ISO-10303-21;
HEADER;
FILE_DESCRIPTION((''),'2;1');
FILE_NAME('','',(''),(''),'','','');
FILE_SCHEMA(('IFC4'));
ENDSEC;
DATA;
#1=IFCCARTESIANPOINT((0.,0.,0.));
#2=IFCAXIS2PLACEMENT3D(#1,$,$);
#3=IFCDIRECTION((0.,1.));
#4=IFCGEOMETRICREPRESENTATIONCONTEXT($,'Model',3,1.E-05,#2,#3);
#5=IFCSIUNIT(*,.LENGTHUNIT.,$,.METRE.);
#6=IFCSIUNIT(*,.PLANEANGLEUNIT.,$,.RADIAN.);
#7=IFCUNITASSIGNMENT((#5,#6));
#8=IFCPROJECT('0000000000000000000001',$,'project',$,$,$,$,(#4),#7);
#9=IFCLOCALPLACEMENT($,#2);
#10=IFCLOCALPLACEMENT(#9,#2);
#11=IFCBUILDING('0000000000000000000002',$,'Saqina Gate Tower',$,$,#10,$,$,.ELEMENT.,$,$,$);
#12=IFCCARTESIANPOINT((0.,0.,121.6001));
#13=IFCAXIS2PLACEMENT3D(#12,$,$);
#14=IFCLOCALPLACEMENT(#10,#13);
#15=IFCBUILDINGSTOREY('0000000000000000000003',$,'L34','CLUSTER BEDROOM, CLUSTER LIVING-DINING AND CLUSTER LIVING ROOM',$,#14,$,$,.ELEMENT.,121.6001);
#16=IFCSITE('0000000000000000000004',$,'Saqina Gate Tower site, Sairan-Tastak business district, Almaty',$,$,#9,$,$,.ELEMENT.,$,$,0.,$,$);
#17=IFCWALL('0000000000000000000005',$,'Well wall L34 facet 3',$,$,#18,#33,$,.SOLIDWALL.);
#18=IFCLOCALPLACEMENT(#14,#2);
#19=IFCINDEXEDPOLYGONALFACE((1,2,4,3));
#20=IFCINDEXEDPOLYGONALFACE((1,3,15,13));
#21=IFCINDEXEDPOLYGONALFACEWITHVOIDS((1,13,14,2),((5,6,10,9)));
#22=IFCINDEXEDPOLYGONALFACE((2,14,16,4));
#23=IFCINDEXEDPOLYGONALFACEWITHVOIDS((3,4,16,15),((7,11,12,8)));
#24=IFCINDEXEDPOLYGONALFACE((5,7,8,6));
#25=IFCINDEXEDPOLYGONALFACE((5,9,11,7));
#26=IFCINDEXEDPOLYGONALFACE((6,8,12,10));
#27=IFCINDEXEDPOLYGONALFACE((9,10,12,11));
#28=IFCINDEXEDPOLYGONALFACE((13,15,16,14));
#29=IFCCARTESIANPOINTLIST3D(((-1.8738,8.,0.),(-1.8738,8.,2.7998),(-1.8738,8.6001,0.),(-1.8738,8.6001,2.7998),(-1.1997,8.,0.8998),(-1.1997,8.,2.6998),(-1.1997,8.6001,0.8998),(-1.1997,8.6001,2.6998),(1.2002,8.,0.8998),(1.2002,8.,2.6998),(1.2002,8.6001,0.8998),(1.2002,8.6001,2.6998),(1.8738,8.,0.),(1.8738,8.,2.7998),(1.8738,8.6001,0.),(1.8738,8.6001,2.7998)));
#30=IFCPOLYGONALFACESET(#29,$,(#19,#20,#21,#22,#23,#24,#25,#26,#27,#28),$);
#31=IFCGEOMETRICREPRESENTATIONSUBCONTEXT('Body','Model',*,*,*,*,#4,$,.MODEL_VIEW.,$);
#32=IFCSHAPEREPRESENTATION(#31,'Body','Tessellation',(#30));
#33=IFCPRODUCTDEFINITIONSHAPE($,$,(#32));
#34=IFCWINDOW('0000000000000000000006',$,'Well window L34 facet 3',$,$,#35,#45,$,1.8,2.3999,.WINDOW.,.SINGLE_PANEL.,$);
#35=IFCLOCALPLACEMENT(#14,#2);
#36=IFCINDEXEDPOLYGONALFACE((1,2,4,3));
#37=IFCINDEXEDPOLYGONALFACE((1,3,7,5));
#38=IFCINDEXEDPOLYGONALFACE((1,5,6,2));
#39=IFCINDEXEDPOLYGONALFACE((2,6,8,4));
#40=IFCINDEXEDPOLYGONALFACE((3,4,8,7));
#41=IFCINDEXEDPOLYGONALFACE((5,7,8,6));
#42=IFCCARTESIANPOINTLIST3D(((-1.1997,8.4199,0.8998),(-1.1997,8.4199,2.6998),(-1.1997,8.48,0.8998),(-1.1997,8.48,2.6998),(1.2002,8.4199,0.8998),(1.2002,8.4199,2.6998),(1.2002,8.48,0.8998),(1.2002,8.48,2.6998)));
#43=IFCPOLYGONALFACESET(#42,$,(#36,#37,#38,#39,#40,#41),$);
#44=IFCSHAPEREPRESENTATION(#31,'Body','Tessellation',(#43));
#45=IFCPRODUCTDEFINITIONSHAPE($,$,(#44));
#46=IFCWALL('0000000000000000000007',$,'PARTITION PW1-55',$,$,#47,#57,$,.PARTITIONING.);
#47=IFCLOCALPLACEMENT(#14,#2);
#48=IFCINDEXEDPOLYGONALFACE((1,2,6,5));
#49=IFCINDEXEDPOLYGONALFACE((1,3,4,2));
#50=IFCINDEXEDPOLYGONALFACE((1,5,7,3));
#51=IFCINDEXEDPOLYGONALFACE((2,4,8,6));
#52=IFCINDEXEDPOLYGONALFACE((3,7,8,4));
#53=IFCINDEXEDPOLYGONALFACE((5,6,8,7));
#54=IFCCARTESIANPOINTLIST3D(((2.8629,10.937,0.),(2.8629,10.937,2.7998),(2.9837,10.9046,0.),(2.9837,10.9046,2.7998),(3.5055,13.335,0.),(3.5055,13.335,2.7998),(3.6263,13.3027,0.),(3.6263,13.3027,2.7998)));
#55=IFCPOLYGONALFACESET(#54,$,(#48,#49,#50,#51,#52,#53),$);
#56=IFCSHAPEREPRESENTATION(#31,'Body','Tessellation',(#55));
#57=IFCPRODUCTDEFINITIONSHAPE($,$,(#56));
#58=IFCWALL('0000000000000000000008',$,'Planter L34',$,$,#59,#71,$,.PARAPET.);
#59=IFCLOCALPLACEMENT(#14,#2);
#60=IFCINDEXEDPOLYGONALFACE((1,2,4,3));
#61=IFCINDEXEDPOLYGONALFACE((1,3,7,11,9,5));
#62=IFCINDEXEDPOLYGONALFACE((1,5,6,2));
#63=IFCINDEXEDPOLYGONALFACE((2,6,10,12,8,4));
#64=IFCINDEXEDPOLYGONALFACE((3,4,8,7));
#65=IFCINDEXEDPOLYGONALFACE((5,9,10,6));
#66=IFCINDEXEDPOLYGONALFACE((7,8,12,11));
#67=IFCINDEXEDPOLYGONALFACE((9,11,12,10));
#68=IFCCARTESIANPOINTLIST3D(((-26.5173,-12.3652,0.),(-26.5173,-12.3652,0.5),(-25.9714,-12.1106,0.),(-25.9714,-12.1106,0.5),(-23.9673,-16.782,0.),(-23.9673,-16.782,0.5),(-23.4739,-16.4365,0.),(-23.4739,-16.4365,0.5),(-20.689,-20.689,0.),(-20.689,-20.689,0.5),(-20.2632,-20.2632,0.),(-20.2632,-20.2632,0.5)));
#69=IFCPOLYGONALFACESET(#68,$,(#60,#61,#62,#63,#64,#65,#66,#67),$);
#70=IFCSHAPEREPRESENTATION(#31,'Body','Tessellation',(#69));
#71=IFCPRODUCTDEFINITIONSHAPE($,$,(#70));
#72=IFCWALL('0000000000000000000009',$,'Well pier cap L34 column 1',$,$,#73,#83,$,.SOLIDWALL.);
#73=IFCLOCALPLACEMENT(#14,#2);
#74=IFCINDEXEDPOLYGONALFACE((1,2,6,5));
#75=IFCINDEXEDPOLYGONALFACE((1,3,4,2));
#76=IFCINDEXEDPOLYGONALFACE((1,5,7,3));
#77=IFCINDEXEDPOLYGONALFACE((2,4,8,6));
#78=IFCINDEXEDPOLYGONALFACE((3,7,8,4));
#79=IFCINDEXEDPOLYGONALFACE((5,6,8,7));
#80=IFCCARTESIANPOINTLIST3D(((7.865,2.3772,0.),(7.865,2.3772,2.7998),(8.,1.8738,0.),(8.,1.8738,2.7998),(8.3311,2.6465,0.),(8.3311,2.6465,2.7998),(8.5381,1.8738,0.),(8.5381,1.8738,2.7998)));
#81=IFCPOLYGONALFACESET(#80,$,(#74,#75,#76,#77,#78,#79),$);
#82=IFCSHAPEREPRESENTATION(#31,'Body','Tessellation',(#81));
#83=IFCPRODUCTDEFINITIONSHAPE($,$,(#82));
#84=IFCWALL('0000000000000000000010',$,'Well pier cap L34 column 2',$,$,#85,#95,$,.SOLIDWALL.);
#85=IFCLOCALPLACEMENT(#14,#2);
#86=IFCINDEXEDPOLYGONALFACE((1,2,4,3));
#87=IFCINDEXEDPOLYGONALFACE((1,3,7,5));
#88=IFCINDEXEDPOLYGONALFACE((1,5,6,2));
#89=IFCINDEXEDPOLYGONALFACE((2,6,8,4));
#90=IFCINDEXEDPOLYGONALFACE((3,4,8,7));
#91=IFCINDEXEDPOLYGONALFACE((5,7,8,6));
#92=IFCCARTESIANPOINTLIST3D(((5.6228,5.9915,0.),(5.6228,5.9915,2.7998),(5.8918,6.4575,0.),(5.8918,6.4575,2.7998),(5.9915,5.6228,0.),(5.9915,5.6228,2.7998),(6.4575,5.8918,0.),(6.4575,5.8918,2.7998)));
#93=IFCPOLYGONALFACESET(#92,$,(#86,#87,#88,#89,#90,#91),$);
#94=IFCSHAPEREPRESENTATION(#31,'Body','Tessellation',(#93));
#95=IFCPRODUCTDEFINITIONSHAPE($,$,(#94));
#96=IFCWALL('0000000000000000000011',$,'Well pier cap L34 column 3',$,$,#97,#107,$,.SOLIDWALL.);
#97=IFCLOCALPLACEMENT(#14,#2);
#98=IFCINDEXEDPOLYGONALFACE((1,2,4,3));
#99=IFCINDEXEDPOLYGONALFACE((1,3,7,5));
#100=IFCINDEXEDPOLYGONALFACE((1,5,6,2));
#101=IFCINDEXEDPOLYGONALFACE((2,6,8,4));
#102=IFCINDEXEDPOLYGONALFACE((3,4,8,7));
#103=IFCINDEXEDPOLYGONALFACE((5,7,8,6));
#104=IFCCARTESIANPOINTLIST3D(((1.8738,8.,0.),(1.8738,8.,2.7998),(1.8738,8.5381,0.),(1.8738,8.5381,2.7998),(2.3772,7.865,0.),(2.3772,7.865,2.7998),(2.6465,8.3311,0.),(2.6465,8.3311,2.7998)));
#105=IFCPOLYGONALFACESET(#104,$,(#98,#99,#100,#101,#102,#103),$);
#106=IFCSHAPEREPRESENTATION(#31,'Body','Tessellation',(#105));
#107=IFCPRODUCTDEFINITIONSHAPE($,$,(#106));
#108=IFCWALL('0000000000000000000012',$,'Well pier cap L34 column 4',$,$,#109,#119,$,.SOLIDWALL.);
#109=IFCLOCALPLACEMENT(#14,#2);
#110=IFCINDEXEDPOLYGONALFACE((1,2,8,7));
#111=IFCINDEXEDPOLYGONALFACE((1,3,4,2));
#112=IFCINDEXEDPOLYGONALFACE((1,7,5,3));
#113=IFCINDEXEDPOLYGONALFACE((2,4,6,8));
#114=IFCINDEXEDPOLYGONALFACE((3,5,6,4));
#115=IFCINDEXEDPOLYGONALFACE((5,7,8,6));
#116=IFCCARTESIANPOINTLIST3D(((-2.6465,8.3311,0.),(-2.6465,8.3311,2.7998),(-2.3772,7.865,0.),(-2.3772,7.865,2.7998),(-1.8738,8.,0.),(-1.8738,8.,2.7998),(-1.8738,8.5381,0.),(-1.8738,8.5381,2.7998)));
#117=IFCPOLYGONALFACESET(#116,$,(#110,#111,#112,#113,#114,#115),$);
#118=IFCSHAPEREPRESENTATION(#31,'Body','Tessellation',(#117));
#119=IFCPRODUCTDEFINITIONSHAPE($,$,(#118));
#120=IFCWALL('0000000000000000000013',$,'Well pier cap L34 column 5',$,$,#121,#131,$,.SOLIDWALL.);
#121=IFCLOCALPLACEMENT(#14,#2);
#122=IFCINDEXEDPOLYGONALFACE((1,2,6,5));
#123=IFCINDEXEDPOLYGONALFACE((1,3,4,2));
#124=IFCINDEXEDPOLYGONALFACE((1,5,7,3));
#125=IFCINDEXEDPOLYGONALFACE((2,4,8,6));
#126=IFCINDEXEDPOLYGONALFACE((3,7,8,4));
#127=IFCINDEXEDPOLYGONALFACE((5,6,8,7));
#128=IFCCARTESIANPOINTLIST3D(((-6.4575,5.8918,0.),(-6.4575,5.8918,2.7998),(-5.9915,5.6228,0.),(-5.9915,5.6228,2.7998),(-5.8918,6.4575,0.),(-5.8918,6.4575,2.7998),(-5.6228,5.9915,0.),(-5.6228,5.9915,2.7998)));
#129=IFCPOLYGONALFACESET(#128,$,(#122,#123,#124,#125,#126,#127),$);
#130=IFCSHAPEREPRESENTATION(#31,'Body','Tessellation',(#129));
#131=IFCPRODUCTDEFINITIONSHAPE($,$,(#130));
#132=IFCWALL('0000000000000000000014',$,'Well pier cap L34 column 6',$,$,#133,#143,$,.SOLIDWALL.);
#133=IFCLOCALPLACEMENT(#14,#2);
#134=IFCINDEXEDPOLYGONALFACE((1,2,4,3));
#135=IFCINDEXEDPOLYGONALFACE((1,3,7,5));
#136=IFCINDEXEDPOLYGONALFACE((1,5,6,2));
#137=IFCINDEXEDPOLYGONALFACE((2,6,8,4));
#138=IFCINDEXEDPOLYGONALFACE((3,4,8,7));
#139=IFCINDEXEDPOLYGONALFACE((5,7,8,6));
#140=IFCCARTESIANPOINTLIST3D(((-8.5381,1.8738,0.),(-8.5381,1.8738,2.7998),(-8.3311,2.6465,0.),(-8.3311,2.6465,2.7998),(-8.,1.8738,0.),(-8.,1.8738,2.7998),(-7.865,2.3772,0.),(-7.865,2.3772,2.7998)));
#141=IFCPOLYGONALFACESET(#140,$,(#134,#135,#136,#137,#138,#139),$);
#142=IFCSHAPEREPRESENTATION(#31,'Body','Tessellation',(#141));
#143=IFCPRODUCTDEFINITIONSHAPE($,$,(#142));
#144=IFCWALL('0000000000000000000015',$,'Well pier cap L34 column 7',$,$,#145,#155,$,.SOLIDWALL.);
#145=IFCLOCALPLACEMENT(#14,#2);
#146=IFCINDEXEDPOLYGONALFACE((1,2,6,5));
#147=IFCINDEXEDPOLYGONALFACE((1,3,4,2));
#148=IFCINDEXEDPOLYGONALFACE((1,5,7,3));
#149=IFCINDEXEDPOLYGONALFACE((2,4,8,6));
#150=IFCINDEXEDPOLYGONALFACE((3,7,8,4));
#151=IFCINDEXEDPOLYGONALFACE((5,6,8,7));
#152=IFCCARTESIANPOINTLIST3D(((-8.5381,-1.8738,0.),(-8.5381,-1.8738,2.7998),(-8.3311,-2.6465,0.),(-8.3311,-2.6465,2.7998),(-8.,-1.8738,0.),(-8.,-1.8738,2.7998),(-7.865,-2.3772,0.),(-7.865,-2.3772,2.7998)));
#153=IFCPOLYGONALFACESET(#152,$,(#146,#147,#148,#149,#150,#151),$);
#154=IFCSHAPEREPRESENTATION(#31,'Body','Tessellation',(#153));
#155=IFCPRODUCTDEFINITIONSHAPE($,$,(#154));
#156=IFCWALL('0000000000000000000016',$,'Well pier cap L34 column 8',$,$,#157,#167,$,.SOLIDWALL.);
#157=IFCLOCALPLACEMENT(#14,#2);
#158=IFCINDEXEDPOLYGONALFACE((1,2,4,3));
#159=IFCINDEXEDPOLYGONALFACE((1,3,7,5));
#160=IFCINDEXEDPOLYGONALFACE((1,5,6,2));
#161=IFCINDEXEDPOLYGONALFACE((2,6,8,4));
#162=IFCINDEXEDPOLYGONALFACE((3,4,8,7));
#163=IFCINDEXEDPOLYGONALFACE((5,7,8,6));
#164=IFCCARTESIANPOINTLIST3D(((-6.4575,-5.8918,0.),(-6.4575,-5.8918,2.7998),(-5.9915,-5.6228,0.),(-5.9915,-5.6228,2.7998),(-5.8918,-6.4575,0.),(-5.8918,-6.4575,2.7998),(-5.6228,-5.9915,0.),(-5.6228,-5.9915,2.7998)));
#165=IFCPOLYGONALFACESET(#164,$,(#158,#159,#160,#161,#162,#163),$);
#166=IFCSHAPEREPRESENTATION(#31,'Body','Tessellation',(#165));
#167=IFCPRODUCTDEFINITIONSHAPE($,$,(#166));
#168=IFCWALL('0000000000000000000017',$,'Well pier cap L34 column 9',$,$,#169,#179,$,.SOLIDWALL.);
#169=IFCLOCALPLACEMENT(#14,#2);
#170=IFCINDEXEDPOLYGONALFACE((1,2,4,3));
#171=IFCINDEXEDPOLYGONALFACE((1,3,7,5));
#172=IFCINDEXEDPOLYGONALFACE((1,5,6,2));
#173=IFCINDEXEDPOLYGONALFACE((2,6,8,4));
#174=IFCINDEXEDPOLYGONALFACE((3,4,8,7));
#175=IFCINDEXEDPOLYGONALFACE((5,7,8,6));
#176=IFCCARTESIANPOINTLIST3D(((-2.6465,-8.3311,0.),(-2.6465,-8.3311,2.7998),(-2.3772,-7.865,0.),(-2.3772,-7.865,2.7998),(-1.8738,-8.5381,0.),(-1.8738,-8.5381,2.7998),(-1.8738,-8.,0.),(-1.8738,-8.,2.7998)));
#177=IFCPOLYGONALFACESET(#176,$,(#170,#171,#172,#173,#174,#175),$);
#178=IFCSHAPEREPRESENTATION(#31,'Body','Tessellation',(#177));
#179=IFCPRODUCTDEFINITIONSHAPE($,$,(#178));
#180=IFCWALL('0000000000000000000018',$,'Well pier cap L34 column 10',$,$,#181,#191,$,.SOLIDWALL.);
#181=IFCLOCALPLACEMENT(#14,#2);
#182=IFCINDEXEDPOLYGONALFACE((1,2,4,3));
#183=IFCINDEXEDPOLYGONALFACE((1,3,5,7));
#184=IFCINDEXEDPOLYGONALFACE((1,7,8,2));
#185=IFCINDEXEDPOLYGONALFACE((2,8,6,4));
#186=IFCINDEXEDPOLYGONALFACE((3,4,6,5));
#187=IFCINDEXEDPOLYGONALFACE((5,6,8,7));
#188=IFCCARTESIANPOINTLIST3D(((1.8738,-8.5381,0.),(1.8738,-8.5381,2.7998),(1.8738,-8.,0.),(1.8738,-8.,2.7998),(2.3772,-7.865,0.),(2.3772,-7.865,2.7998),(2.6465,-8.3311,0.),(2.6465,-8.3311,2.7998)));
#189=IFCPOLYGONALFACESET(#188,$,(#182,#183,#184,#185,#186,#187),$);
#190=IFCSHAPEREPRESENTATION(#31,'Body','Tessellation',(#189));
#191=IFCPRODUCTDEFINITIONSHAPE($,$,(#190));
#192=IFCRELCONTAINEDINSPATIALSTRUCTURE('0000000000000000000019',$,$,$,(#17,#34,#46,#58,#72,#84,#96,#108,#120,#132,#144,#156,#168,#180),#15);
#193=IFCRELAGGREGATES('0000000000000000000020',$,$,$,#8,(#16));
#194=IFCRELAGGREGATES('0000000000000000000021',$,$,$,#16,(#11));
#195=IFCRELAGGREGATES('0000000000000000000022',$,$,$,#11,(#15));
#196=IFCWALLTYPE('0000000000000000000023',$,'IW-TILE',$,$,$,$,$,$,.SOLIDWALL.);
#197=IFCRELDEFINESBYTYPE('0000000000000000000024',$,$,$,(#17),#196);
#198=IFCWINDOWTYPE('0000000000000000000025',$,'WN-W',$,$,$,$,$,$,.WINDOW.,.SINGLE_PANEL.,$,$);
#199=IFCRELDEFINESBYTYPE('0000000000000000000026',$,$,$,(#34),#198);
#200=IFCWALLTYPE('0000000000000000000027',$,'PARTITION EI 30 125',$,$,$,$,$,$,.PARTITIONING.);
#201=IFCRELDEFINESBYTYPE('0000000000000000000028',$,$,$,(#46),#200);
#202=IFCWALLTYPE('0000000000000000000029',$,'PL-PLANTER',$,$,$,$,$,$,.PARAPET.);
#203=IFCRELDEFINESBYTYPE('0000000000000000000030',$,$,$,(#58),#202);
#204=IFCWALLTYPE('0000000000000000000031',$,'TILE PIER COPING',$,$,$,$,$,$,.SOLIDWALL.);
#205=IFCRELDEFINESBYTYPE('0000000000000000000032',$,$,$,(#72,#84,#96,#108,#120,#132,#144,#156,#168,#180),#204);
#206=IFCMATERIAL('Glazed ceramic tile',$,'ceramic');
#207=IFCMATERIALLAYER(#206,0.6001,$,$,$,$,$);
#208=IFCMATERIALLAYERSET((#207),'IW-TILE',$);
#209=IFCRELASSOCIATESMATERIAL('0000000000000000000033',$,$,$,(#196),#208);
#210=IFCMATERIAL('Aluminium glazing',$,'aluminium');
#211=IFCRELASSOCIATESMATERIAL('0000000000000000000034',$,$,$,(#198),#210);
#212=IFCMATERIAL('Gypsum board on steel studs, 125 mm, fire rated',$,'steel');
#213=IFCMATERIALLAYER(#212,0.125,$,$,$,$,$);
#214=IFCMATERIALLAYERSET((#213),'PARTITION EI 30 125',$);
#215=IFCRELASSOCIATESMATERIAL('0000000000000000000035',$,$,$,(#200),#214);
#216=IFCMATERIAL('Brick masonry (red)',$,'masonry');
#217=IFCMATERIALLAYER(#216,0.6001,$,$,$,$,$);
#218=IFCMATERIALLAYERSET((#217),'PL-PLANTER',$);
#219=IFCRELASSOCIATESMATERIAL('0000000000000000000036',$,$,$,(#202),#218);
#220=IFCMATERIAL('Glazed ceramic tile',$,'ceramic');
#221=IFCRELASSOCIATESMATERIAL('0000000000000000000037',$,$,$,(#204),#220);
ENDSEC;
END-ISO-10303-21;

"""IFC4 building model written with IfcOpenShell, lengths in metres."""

from ifc_helpers import new_model, si_unit, direction, frame, frame_2d, origin, place, context, subcontext, project, spatial, polyline, rectangle, outline, extrude, material, layer, layer_set, type_object, element, fill, save


model = new_model("IFC4")

# Units and contexts
model_context = context("Model", 3, precision=1e-05, world=origin(), true_north=direction((0.0, 1.0)))
body_context = subcontext(model_context, "Body", "Model", "MODEL_VIEW")
ifc_project = project(units=[si_unit("LENGTHUNIT", "METRE"), si_unit("PLANEANGLEUNIT", "RADIAN")], contexts=[model_context])

# Site, building, storey
site_placement = place(None, origin())
site = spatial("IfcSite", under=ifc_project, at=site_placement, Name="Saqina Gate Tower site, Sairan-Tastak business district, Almaty", CompositionType="ELEMENT", RefElevation=0.0)
building_placement = place(site_placement, origin())
building = spatial("IfcBuilding", under=site, at=building_placement, Name="Saqina Gate Tower", CompositionType="ELEMENT")
storey_placement = place(building_placement, frame((0.0, 0.0, 121.6001)))
storey = spatial("IfcBuildingStorey", under=building, at=storey_placement, Name="L34", Description="CLUSTER BEDROOM, CLUSTER LIVING-DINING AND CLUSTER LIVING ROOM", CompositionType="ELEMENT", Elevation=121.6001)

# Wall, opening, window
ifc_material_1 = material(Name="Glazed ceramic tile", Category="ceramic")
ifc_layer_1 = layer(ifc_material_1, 0.6001)
ifc_layer_set_1 = layer_set([ifc_layer_1], Name="IW-TILE")
wall_type_1 = type_object("IfcWallType", Name="IW-TILE", PredefinedType="SOLIDWALL", material=ifc_layer_set_1)
ifc_material_2 = material(Name="Aluminium glazing", Category="aluminium")
window_type = type_object("IfcWindowType", Name="WN-W", PartitioningType="SINGLE_PANEL", PredefinedType="WINDOW", material=ifc_material_2)
wall_1_placement = place(storey_placement, frame((1.8738, 8.3, 0.0), z_axis=(0.0, 0.0, 1.0), x_axis=(-1.0, 0.0, 0.0)))
wall_1 = element("IfcWall", 1, at=wall_1_placement, inside=storey, type_object=wall_type_1, Name="Well wall L34 facet 3", PredefinedType="SOLIDWALL", context=body_context, shape_type="SweptSolid", body=[
    extrude(rectangle(XDim=3.7476, YDim=0.6001, at=frame_2d((1.8738, 0.0))), origin(), (0.0, 0.0, 1.0), 2.7998),
])
opening_1_placement = place(wall_1_placement, frame((0.6736, 0.0, 0.8999)))
opening_1 = element("IfcOpeningElement", 2, at=opening_1_placement, cuts=wall_1, PredefinedType="OPENING", context=body_context, shape_type="SweptSolid", body=[
    extrude(rectangle(XDim=2.3999, YDim=1.8, at=frame_2d((1.2, 0.8999))), frame((0.0, 0.312, 0.0), z_axis=(0.0, -1.0, 0.0), x_axis=(1.0, 0.0, 0.0)), (0.0, 0.0, 1.0), 0.624),
])
window_1_placement = place(opening_1_placement, origin())
window_1 = element("IfcWindow", 3, at=window_1_placement, inside=storey, type_object=window_type, Name="Well window L34 facet 3", OverallHeight=1.8, OverallWidth=2.3999, PartitioningType="SINGLE_PANEL", PredefinedType="WINDOW", context=body_context, shape_type="SweptSolid", body=[
    extrude(rectangle(XDim=2.3999, YDim=1.8, at=frame_2d((1.2, 0.8999))), frame((0.0, -0.1199, 0.0), z_axis=(0.0, -1.0, 0.0), x_axis=(1.0, 0.0, 0.0)), (0.0, 0.0, 1.0), 0.0601),
])
fill(opening_1, window_1)

# Walls
ifc_material_3 = material(Name="Gypsum board on steel studs, 125 mm, fire rated", Category="steel")
ifc_layer_2 = layer(ifc_material_3, 0.125)
ifc_layer_set_2 = layer_set([ifc_layer_2], Name="PARTITION EI 30 125")
wall_type_2 = type_object("IfcWallType", Name="PARTITION EI 30 125", PredefinedType="PARTITIONING", material=ifc_layer_set_2)
wall_2_placement = place(storey_placement, frame((2.9233, 10.9209, 0.0), z_axis=(0.0, 0.0, 1.0), x_axis=(0.258838, 0.965921, 0.0)))
element("IfcWall", 4, at=wall_2_placement, inside=storey, type_object=wall_type_2, Name="PARTITION PW1-55", PredefinedType="PARTITIONING", context=body_context, shape_type="SweptSolid", body=[
    extrude(rectangle(XDim=2.4827, YDim=0.125, at=frame_2d((1.2412, 0.0))), origin(), (0.0, 0.0, 1.0), 2.7998),
])
ifc_material_4 = material(Name="Brick masonry (red)", Category="masonry")
ifc_layer_3 = layer(ifc_material_4, 0.6001)
ifc_layer_set_3 = layer_set([ifc_layer_3], Name="PL-PLANTER")
wall_type_3 = type_object("IfcWallType", Name="PL-PLANTER", PredefinedType="PARAPET", material=ifc_layer_set_3)
wall_3_placement = place(storey_placement, origin())
element("IfcWall", 5, at=wall_3_placement, inside=storey, type_object=wall_type_3, Name="Planter L34", PredefinedType="PARAPET", context=body_context, shape_type="SweptSolid", body=[
    extrude(outline(polyline([(-26.5173, -12.3652), (-23.9673, -16.782), (-20.689, -20.689), (-20.2632, -20.2632), (-23.4739, -16.4365), (-25.9714, -12.1106), (-26.5173, -12.3652)])), origin(), (0.0, 0.0, 1.0), 0.5),
])
ifc_material_5 = material(Name="Glazed ceramic tile", Category="ceramic")
wall_type_4 = type_object("IfcWallType", Name="TILE PIER COPING", PredefinedType="SOLIDWALL", material=ifc_material_5)
wall_4_placement = place(storey_placement, origin())
element("IfcWall", 6, at=wall_4_placement, inside=storey, type_object=wall_type_4, Name="Well pier cap L34 column 1", PredefinedType="SOLIDWALL", context=body_context, shape_type="SweptSolid", body=[
    extrude(outline(polyline([(8.3311, 2.6465), (7.865, 2.3772), (8.0, 1.8738), (8.5381, 1.8738), (8.3311, 2.6465)])), origin(), (0.0, 0.0, 1.0), 2.7998),
])
wall_5_placement = place(storey_placement, origin())
element("IfcWall", 7, at=wall_5_placement, inside=storey, type_object=wall_type_4, Name="Well pier cap L34 column 2", PredefinedType="SOLIDWALL", context=body_context, shape_type="SweptSolid", body=[
    extrude(outline(polyline([(5.8918, 6.4575), (5.6228, 5.9915), (5.9915, 5.6228), (6.4575, 5.8918), (5.8918, 6.4575)])), origin(), (0.0, 0.0, 1.0), 2.7998),
])
wall_6_placement = place(storey_placement, origin())
element("IfcWall", 8, at=wall_6_placement, inside=storey, type_object=wall_type_4, Name="Well pier cap L34 column 3", PredefinedType="SOLIDWALL", context=body_context, shape_type="SweptSolid", body=[
    extrude(outline(polyline([(1.8738, 8.5381), (1.8738, 8.0), (2.3772, 7.865), (2.6465, 8.3311), (1.8738, 8.5381)])), origin(), (0.0, 0.0, 1.0), 2.7998),
])
wall_7_placement = place(storey_placement, origin())
element("IfcWall", 9, at=wall_7_placement, inside=storey, type_object=wall_type_4, Name="Well pier cap L34 column 4", PredefinedType="SOLIDWALL", context=body_context, shape_type="SweptSolid", body=[
    extrude(outline(polyline([(-2.6465, 8.3311), (-2.3772, 7.865), (-1.8738, 8.0), (-1.8738, 8.5381), (-2.6465, 8.3311)])), origin(), (0.0, 0.0, 1.0), 2.7998),
])
wall_8_placement = place(storey_placement, origin())
element("IfcWall", 10, at=wall_8_placement, inside=storey, type_object=wall_type_4, Name="Well pier cap L34 column 5", PredefinedType="SOLIDWALL", context=body_context, shape_type="SweptSolid", body=[
    extrude(outline(polyline([(-6.4575, 5.8918), (-5.9915, 5.6228), (-5.6228, 5.9915), (-5.8918, 6.4575), (-6.4575, 5.8918)])), origin(), (0.0, 0.0, 1.0), 2.7998),
])
wall_9_placement = place(storey_placement, origin())
element("IfcWall", 11, at=wall_9_placement, inside=storey, type_object=wall_type_4, Name="Well pier cap L34 column 6", PredefinedType="SOLIDWALL", context=body_context, shape_type="SweptSolid", body=[
    extrude(outline(polyline([(-8.5381, 1.8738), (-8.0, 1.8738), (-7.865, 2.3772), (-8.3311, 2.6465), (-8.5381, 1.8738)])), origin(), (0.0, 0.0, 1.0), 2.7998),
])
wall_10_placement = place(storey_placement, origin())
element("IfcWall", 12, at=wall_10_placement, inside=storey, type_object=wall_type_4, Name="Well pier cap L34 column 7", PredefinedType="SOLIDWALL", context=body_context, shape_type="SweptSolid", body=[
    extrude(outline(polyline([(-8.3311, -2.6465), (-7.865, -2.3772), (-8.0, -1.8738), (-8.5381, -1.8738), (-8.3311, -2.6465)])), origin(), (0.0, 0.0, 1.0), 2.7998),
])
wall_11_placement = place(storey_placement, origin())
element("IfcWall", 13, at=wall_11_placement, inside=storey, type_object=wall_type_4, Name="Well pier cap L34 column 8", PredefinedType="SOLIDWALL", context=body_context, shape_type="SweptSolid", body=[
    extrude(outline(polyline([(-6.4575, -5.8918), (-5.8918, -6.4575), (-5.6228, -5.9915), (-5.9915, -5.6228), (-6.4575, -5.8918)])), origin(), (0.0, 0.0, 1.0), 2.7998),
])
wall_12_placement = place(storey_placement, origin())
element("IfcWall", 14, at=wall_12_placement, inside=storey, type_object=wall_type_4, Name="Well pier cap L34 column 9", PredefinedType="SOLIDWALL", context=body_context, shape_type="SweptSolid", body=[
    extrude(outline(polyline([(-1.8738, -8.5381), (-1.8738, -8.0), (-2.3772, -7.865), (-2.6465, -8.3311), (-1.8738, -8.5381)])), origin(), (0.0, 0.0, 1.0), 2.7998),
])
wall_13_placement = place(storey_placement, origin())
element("IfcWall", 15, at=wall_13_placement, inside=storey, type_object=wall_type_4, Name="Well pier cap L34 column 10", PredefinedType="SOLIDWALL", context=body_context, shape_type="SweptSolid", body=[
    extrude(outline(polyline([(2.6465, -8.3311), (2.3772, -7.865), (1.8738, -8.0), (1.8738, -8.5381), (2.6465, -8.3311)])), origin(), (0.0, 0.0, 1.0), 2.7998),
])

save(model, "model.ifc")
